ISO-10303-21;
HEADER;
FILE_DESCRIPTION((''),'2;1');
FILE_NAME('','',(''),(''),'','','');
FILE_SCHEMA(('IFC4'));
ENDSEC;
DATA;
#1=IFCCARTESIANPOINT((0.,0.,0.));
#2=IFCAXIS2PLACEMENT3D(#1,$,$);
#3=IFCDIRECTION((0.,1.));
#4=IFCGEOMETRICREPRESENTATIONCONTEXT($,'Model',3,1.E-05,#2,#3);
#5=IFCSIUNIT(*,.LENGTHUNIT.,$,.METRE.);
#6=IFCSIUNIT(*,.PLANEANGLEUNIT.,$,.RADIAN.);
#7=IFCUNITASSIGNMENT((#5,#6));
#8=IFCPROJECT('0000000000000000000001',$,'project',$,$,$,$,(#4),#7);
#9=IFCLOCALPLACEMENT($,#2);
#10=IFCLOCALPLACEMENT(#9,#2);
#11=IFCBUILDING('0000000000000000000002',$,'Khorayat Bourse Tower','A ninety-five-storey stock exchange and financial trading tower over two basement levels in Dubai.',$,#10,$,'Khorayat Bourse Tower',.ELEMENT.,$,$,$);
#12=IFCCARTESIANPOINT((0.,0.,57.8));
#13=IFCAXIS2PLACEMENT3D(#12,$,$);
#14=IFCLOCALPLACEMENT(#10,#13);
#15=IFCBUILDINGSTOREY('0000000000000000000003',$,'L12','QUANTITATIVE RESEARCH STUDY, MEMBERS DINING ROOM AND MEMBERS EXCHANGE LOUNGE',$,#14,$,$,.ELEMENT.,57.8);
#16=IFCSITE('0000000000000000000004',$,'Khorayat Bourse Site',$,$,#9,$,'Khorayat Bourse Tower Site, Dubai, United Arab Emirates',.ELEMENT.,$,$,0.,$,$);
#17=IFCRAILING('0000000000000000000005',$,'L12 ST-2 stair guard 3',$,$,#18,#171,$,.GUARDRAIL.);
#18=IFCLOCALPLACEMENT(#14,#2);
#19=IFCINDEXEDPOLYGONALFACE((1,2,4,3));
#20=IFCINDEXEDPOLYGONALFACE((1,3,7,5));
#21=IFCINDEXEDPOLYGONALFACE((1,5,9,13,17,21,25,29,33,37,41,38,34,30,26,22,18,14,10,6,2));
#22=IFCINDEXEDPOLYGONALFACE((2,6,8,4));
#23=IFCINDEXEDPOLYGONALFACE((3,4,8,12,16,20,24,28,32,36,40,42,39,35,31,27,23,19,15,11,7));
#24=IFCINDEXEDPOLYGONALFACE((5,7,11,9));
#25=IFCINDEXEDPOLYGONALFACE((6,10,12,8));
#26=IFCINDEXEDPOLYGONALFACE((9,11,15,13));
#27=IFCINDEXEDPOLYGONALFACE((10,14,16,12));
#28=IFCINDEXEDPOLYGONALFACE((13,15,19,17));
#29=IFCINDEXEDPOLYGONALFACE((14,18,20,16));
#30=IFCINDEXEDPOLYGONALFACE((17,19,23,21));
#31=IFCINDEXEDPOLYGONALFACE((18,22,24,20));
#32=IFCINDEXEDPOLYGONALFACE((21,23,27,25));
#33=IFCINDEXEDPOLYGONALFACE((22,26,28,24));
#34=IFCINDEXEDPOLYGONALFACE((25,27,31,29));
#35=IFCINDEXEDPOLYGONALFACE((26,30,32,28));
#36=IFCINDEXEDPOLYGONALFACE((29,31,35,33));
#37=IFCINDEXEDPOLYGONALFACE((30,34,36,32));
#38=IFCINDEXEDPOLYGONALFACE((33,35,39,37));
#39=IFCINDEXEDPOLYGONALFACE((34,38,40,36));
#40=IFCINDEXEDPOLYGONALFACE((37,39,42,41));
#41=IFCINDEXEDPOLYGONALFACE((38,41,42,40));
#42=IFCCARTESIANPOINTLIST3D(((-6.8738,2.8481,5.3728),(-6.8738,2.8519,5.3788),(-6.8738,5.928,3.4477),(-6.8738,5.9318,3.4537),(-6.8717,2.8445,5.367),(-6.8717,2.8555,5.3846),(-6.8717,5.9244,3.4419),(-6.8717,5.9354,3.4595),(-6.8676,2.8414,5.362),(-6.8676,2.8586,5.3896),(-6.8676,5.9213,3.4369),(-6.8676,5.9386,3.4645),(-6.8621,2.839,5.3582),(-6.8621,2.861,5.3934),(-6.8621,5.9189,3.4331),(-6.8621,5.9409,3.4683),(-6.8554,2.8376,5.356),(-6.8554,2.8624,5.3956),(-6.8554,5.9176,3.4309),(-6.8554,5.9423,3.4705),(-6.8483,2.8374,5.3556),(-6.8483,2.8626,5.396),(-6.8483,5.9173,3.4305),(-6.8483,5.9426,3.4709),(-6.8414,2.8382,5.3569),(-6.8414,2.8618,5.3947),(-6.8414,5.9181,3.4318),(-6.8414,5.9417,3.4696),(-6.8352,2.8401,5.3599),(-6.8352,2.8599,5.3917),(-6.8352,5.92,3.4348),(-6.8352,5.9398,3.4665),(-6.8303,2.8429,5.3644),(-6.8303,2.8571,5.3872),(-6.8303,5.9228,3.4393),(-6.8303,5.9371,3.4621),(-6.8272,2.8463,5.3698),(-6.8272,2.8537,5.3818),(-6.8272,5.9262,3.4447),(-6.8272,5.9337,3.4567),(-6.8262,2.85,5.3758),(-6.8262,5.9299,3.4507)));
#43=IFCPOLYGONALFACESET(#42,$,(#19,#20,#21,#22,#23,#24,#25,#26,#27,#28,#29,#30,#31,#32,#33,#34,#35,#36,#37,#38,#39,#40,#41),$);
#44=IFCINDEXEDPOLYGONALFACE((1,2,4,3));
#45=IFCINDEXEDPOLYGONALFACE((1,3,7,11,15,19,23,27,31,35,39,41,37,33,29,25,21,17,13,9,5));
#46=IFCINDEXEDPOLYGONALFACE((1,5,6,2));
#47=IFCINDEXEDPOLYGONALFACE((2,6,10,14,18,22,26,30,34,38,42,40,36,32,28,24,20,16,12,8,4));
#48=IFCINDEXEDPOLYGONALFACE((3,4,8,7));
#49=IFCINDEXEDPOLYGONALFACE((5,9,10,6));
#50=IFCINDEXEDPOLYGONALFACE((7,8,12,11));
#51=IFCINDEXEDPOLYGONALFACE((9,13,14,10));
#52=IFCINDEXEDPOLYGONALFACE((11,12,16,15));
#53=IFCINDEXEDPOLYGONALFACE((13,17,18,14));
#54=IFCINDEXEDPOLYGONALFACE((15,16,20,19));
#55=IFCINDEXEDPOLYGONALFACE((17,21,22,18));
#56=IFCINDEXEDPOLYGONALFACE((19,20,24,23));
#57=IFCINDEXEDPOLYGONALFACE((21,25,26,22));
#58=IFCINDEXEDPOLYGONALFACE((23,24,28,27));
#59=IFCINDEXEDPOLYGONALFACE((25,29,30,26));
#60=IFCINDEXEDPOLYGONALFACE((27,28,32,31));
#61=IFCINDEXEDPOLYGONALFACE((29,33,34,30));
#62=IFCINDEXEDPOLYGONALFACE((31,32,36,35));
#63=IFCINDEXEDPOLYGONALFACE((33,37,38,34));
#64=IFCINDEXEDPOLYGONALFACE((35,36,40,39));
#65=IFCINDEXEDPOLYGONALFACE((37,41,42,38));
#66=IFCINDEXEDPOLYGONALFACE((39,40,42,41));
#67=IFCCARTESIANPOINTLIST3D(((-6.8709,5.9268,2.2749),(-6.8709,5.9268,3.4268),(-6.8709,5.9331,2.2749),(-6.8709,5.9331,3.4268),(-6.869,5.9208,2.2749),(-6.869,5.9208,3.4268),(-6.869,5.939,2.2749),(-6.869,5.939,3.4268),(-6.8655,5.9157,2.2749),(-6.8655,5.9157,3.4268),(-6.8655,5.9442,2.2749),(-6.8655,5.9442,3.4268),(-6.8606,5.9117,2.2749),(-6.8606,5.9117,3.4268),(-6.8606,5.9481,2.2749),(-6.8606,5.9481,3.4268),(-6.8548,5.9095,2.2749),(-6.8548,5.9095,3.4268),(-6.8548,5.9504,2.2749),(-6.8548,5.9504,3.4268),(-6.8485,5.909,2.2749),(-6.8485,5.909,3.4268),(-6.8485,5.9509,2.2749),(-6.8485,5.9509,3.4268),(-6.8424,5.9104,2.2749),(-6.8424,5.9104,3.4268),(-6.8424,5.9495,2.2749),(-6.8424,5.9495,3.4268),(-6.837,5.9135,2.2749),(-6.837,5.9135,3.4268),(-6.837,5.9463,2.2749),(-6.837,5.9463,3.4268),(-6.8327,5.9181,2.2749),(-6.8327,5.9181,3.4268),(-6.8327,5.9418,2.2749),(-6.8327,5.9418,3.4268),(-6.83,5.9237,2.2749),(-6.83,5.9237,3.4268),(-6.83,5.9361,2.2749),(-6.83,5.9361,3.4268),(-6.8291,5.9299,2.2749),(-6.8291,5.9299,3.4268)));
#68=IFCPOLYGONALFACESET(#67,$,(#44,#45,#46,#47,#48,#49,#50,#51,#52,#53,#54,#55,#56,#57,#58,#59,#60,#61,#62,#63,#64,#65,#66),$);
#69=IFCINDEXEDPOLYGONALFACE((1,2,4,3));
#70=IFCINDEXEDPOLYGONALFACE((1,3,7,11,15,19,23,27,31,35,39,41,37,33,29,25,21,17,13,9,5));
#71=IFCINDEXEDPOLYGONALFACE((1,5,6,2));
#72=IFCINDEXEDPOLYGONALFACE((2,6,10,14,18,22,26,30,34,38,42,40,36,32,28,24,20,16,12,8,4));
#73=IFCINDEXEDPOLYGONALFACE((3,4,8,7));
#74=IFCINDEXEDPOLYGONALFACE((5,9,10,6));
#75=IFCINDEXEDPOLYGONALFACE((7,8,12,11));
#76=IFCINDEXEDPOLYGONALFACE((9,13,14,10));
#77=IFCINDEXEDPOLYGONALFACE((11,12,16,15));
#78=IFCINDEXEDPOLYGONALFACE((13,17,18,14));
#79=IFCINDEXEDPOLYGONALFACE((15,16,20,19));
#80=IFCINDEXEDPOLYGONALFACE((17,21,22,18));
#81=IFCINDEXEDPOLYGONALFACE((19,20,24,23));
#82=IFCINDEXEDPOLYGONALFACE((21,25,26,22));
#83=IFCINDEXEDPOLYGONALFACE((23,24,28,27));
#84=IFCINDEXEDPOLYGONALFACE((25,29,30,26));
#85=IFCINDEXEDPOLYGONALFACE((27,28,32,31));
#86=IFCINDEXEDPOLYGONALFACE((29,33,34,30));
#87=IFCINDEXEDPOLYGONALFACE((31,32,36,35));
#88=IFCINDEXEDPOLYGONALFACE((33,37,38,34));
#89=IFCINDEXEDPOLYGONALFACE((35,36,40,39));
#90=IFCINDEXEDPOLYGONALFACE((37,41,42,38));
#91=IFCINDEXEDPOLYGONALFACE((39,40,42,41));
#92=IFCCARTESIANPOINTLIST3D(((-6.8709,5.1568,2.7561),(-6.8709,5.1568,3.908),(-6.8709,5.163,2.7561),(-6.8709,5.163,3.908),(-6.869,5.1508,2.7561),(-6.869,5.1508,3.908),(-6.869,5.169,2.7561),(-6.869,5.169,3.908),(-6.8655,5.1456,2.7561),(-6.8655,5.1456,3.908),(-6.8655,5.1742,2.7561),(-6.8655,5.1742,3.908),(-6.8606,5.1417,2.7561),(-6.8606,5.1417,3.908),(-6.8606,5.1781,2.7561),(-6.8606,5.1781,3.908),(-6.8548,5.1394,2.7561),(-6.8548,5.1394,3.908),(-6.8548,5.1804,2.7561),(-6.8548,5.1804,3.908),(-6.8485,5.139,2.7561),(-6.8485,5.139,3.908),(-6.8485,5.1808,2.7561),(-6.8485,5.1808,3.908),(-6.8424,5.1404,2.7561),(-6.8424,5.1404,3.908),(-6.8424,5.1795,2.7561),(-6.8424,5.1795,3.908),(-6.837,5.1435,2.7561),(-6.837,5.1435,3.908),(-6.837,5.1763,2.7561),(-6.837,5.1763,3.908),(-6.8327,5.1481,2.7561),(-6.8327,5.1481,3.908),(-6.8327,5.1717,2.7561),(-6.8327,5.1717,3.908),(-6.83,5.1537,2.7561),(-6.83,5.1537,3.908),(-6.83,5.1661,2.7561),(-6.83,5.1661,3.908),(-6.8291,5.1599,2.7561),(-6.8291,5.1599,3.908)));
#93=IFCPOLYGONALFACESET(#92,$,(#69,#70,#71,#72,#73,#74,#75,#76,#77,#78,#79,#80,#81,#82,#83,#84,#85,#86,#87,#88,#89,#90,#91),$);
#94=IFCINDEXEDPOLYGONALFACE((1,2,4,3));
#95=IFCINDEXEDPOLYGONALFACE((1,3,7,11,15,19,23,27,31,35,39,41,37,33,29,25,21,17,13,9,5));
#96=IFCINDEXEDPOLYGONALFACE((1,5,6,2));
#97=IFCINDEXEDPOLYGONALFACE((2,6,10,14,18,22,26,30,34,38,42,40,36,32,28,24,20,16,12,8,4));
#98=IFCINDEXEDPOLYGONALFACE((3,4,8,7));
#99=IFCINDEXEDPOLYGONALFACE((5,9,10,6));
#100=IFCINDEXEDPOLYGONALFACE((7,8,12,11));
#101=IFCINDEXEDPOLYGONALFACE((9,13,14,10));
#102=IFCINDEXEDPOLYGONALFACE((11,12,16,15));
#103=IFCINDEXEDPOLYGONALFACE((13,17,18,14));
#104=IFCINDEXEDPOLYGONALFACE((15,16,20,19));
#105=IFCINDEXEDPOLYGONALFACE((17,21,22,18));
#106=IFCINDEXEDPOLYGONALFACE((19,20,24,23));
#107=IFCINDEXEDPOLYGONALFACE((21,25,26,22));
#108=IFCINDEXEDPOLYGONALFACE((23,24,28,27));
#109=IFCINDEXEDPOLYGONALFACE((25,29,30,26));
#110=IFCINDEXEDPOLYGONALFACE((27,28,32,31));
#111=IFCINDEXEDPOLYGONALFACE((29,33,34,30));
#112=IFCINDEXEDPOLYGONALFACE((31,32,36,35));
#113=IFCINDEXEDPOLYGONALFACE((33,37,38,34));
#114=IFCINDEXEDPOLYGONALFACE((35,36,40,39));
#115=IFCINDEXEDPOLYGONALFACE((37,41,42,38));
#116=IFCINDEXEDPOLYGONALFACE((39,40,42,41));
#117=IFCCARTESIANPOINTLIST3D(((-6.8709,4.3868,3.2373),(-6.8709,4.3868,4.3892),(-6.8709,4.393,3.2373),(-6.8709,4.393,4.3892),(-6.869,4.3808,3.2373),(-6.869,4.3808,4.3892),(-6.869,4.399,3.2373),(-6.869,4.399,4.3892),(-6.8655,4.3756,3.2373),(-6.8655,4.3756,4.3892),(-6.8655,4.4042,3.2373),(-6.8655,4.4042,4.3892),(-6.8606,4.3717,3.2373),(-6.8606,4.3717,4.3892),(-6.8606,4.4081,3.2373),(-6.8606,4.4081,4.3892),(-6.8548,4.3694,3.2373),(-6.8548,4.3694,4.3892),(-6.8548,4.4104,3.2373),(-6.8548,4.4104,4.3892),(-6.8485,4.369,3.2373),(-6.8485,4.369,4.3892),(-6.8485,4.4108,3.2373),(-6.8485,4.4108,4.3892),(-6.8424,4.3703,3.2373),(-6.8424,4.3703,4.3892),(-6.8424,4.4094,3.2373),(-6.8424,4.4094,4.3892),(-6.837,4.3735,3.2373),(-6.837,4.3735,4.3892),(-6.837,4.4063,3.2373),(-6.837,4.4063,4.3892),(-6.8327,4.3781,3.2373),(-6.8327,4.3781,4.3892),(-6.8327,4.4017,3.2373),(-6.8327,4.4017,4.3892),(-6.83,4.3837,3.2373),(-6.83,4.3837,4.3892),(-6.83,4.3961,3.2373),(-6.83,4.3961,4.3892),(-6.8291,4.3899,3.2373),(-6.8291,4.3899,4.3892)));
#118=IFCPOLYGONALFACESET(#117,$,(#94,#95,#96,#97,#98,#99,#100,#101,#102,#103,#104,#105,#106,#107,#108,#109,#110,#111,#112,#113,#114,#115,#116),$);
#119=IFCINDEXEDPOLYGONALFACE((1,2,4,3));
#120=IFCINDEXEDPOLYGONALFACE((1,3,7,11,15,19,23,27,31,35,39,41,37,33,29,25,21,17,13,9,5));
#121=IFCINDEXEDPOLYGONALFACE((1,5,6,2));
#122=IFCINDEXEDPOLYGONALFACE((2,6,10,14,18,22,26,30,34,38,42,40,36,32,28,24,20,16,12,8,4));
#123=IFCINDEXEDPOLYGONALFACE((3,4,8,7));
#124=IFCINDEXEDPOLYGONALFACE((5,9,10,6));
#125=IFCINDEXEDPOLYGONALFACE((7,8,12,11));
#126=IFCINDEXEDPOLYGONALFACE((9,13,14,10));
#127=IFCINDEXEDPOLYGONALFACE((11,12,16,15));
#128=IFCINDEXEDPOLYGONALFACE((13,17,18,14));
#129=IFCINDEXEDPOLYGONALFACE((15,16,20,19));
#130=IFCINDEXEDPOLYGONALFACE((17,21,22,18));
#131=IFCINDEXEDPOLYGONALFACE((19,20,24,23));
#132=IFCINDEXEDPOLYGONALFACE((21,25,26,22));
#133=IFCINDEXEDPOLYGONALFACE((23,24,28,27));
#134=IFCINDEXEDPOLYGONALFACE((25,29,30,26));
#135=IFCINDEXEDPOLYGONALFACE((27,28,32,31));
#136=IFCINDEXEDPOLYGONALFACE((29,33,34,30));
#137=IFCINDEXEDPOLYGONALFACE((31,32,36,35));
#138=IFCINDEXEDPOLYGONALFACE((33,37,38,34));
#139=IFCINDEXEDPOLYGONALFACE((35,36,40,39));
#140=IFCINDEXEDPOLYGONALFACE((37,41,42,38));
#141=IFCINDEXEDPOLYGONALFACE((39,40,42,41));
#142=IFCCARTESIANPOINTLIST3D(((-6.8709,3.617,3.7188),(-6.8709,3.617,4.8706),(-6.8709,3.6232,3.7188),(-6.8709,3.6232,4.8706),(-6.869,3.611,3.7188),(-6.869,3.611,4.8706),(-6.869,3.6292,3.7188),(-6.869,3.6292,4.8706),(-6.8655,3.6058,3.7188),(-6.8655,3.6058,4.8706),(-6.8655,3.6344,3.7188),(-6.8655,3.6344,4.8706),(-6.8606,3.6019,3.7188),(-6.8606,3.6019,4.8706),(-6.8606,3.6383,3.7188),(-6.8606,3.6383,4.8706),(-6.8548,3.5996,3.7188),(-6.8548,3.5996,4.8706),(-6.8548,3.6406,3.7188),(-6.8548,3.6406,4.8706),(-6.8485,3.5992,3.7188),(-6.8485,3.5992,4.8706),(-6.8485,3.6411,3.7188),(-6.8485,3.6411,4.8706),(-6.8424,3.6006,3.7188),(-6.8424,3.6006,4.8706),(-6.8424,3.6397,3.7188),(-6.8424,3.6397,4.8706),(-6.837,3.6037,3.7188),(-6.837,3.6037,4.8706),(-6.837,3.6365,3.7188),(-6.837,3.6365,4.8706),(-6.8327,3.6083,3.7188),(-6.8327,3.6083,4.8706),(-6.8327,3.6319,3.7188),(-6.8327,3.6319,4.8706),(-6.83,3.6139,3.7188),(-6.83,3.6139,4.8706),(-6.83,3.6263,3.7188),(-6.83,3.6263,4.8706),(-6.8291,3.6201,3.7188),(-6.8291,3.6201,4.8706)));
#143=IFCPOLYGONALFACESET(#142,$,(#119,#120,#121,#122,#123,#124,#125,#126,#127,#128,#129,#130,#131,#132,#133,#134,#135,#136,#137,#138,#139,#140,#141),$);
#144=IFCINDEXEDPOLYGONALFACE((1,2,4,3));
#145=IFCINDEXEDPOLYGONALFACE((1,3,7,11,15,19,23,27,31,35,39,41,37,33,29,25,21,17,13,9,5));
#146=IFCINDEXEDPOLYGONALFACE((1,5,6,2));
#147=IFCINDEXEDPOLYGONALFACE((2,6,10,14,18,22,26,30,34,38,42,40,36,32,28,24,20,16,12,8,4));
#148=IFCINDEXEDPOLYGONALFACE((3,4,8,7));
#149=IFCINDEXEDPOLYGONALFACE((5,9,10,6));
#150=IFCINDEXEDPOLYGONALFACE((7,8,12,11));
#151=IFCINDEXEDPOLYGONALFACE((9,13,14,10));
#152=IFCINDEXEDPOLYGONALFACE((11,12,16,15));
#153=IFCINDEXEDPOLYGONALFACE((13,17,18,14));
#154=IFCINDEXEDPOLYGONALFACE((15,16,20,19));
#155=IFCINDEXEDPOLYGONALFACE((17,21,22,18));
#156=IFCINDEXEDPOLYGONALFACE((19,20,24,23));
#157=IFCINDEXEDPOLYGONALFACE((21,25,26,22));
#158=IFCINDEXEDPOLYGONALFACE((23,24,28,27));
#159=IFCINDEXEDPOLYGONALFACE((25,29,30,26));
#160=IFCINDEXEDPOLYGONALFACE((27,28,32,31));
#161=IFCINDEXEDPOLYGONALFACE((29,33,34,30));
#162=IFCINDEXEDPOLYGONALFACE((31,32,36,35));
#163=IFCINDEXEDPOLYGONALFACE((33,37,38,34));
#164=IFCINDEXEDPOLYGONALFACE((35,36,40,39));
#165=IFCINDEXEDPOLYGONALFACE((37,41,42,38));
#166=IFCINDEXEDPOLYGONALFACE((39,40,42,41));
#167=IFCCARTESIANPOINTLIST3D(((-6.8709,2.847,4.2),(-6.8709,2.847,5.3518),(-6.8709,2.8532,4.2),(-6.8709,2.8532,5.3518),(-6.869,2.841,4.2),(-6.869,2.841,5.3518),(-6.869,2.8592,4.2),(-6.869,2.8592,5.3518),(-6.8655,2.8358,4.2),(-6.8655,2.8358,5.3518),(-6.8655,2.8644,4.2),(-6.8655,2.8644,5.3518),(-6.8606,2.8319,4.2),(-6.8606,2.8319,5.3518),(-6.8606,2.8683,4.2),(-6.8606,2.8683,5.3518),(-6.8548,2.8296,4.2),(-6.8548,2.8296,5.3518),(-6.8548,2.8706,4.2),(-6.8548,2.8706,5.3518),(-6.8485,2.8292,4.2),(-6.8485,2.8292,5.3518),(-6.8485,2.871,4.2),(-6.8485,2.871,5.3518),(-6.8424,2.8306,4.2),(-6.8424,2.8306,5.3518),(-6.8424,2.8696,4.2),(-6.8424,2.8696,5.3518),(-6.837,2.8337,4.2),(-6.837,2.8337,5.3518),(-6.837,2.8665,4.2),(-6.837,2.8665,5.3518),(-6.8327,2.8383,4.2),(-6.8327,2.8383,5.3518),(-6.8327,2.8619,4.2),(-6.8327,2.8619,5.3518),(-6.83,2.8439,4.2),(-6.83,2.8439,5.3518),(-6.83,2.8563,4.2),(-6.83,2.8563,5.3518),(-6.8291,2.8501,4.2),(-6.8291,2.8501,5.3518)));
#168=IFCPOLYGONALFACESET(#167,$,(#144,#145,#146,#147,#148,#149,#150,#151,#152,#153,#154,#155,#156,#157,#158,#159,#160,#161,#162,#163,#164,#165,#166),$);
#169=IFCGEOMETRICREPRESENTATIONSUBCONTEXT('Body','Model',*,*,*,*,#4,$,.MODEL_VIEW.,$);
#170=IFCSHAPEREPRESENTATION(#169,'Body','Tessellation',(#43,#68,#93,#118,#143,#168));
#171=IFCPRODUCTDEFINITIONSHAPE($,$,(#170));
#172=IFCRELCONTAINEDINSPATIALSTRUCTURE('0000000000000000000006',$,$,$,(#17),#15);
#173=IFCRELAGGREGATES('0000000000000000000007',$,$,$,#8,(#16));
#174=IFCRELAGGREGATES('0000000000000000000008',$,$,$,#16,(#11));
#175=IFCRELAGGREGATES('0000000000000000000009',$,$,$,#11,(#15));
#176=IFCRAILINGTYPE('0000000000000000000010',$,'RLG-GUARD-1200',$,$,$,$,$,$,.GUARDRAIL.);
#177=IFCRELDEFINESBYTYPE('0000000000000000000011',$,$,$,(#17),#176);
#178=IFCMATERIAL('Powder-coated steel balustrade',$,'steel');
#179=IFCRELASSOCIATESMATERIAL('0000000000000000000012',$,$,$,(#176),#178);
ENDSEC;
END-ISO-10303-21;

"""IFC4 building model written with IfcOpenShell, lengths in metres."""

from ifc_helpers import new_model, si_unit, direction, frame, origin, origin_2d, place, context, subcontext, project, spatial, circle, extrude, source, transform, mapped, material, type_object, element, save


model = new_model("IFC4")

# Units and contexts
model_context = context("Model", 3, precision=1e-05, world=origin(), true_north=direction((0.0, 1.0)))
body_context = subcontext(model_context, "Body", "Model", "MODEL_VIEW")
ifc_project = project(units=[si_unit("LENGTHUNIT", "METRE"), si_unit("PLANEANGLEUNIT", "RADIAN")], contexts=[model_context])

# Site, building, storey
site_placement = place(None, origin())
site = spatial("IfcSite", under=ifc_project, at=site_placement, Name="Khorayat Bourse Site", LongName="Khorayat Bourse Tower Site, Dubai, United Arab Emirates", CompositionType="ELEMENT", RefElevation=0.0)
building_placement = place(site_placement, origin())
building = spatial("IfcBuilding", under=site, at=building_placement, Name="Khorayat Bourse Tower", Description="A ninety-five-storey stock exchange and financial trading tower over two basement levels in Dubai.", LongName="Khorayat Bourse Tower", CompositionType="ELEMENT")
storey_placement = place(building_placement, frame((0.0, 0.0, 57.8)))
storey = spatial("IfcBuildingStorey", under=building, at=storey_placement, Name="L12", Description="QUANTITATIVE RESEARCH STUDY, MEMBERS DINING ROOM AND MEMBERS EXCHANGE LOUNGE", CompositionType="ELEMENT", Elevation=57.8)

# Railing
ifc_material_1 = material(Name="Powder-coated steel balustrade", Category="steel")
railing_type_1 = type_object("IfcRailingType", Name="RLG-GUARD-1200", PredefinedType="GUARDRAIL", material=ifc_material_1)
shared_shape_1 = source(origin(), body_context, "Body", "SweptSolid", [
    extrude(circle(Radius=0.0239, at=origin_2d()), frame((0.0, 0.0, 1.1758), z_axis=(0.0, -0.847979, 0.530029), x_axis=(1.0, 0.0, 0.0)), (0.0, 0.0, 1.0), 3.6321),
    extrude(circle(Radius=0.021, at=origin_2d()), origin(), (0.0, 0.0, 1.0), 1.1519),
    extrude(circle(Radius=0.021, at=origin_2d()), frame((0.0, -0.77, 0.4812)), (0.0, 0.0, 1.0), 1.1519),
    extrude(circle(Radius=0.021, at=origin_2d()), frame((0.0, -1.54, 0.9624)), (0.0, 0.0, 1.0), 1.1519),
    extrude(circle(Radius=0.021, at=origin_2d()), frame((0.0, -2.3098, 1.4438)), (0.0, 0.0, 1.0), 1.1519),
    extrude(circle(Radius=0.021, at=origin_2d()), frame((0.0, -3.0798, 1.925)), (0.0, 0.0, 1.0), 1.1519),
])
railing_1_placement = place(storey_placement, frame((-6.8501, 5.9299, 2.2749)))
element("IfcRailing", 1, at=railing_1_placement, inside=storey, type_object=railing_type_1, Name="L12 ST-2 stair guard 3", PredefinedType="GUARDRAIL", context=body_context, shape_type="MappedRepresentation", body=[
    mapped(shared_shape_1, transform((0.0, 0.0, 0.0), scale=1.0)),
])

save(model, "model.ifc")
